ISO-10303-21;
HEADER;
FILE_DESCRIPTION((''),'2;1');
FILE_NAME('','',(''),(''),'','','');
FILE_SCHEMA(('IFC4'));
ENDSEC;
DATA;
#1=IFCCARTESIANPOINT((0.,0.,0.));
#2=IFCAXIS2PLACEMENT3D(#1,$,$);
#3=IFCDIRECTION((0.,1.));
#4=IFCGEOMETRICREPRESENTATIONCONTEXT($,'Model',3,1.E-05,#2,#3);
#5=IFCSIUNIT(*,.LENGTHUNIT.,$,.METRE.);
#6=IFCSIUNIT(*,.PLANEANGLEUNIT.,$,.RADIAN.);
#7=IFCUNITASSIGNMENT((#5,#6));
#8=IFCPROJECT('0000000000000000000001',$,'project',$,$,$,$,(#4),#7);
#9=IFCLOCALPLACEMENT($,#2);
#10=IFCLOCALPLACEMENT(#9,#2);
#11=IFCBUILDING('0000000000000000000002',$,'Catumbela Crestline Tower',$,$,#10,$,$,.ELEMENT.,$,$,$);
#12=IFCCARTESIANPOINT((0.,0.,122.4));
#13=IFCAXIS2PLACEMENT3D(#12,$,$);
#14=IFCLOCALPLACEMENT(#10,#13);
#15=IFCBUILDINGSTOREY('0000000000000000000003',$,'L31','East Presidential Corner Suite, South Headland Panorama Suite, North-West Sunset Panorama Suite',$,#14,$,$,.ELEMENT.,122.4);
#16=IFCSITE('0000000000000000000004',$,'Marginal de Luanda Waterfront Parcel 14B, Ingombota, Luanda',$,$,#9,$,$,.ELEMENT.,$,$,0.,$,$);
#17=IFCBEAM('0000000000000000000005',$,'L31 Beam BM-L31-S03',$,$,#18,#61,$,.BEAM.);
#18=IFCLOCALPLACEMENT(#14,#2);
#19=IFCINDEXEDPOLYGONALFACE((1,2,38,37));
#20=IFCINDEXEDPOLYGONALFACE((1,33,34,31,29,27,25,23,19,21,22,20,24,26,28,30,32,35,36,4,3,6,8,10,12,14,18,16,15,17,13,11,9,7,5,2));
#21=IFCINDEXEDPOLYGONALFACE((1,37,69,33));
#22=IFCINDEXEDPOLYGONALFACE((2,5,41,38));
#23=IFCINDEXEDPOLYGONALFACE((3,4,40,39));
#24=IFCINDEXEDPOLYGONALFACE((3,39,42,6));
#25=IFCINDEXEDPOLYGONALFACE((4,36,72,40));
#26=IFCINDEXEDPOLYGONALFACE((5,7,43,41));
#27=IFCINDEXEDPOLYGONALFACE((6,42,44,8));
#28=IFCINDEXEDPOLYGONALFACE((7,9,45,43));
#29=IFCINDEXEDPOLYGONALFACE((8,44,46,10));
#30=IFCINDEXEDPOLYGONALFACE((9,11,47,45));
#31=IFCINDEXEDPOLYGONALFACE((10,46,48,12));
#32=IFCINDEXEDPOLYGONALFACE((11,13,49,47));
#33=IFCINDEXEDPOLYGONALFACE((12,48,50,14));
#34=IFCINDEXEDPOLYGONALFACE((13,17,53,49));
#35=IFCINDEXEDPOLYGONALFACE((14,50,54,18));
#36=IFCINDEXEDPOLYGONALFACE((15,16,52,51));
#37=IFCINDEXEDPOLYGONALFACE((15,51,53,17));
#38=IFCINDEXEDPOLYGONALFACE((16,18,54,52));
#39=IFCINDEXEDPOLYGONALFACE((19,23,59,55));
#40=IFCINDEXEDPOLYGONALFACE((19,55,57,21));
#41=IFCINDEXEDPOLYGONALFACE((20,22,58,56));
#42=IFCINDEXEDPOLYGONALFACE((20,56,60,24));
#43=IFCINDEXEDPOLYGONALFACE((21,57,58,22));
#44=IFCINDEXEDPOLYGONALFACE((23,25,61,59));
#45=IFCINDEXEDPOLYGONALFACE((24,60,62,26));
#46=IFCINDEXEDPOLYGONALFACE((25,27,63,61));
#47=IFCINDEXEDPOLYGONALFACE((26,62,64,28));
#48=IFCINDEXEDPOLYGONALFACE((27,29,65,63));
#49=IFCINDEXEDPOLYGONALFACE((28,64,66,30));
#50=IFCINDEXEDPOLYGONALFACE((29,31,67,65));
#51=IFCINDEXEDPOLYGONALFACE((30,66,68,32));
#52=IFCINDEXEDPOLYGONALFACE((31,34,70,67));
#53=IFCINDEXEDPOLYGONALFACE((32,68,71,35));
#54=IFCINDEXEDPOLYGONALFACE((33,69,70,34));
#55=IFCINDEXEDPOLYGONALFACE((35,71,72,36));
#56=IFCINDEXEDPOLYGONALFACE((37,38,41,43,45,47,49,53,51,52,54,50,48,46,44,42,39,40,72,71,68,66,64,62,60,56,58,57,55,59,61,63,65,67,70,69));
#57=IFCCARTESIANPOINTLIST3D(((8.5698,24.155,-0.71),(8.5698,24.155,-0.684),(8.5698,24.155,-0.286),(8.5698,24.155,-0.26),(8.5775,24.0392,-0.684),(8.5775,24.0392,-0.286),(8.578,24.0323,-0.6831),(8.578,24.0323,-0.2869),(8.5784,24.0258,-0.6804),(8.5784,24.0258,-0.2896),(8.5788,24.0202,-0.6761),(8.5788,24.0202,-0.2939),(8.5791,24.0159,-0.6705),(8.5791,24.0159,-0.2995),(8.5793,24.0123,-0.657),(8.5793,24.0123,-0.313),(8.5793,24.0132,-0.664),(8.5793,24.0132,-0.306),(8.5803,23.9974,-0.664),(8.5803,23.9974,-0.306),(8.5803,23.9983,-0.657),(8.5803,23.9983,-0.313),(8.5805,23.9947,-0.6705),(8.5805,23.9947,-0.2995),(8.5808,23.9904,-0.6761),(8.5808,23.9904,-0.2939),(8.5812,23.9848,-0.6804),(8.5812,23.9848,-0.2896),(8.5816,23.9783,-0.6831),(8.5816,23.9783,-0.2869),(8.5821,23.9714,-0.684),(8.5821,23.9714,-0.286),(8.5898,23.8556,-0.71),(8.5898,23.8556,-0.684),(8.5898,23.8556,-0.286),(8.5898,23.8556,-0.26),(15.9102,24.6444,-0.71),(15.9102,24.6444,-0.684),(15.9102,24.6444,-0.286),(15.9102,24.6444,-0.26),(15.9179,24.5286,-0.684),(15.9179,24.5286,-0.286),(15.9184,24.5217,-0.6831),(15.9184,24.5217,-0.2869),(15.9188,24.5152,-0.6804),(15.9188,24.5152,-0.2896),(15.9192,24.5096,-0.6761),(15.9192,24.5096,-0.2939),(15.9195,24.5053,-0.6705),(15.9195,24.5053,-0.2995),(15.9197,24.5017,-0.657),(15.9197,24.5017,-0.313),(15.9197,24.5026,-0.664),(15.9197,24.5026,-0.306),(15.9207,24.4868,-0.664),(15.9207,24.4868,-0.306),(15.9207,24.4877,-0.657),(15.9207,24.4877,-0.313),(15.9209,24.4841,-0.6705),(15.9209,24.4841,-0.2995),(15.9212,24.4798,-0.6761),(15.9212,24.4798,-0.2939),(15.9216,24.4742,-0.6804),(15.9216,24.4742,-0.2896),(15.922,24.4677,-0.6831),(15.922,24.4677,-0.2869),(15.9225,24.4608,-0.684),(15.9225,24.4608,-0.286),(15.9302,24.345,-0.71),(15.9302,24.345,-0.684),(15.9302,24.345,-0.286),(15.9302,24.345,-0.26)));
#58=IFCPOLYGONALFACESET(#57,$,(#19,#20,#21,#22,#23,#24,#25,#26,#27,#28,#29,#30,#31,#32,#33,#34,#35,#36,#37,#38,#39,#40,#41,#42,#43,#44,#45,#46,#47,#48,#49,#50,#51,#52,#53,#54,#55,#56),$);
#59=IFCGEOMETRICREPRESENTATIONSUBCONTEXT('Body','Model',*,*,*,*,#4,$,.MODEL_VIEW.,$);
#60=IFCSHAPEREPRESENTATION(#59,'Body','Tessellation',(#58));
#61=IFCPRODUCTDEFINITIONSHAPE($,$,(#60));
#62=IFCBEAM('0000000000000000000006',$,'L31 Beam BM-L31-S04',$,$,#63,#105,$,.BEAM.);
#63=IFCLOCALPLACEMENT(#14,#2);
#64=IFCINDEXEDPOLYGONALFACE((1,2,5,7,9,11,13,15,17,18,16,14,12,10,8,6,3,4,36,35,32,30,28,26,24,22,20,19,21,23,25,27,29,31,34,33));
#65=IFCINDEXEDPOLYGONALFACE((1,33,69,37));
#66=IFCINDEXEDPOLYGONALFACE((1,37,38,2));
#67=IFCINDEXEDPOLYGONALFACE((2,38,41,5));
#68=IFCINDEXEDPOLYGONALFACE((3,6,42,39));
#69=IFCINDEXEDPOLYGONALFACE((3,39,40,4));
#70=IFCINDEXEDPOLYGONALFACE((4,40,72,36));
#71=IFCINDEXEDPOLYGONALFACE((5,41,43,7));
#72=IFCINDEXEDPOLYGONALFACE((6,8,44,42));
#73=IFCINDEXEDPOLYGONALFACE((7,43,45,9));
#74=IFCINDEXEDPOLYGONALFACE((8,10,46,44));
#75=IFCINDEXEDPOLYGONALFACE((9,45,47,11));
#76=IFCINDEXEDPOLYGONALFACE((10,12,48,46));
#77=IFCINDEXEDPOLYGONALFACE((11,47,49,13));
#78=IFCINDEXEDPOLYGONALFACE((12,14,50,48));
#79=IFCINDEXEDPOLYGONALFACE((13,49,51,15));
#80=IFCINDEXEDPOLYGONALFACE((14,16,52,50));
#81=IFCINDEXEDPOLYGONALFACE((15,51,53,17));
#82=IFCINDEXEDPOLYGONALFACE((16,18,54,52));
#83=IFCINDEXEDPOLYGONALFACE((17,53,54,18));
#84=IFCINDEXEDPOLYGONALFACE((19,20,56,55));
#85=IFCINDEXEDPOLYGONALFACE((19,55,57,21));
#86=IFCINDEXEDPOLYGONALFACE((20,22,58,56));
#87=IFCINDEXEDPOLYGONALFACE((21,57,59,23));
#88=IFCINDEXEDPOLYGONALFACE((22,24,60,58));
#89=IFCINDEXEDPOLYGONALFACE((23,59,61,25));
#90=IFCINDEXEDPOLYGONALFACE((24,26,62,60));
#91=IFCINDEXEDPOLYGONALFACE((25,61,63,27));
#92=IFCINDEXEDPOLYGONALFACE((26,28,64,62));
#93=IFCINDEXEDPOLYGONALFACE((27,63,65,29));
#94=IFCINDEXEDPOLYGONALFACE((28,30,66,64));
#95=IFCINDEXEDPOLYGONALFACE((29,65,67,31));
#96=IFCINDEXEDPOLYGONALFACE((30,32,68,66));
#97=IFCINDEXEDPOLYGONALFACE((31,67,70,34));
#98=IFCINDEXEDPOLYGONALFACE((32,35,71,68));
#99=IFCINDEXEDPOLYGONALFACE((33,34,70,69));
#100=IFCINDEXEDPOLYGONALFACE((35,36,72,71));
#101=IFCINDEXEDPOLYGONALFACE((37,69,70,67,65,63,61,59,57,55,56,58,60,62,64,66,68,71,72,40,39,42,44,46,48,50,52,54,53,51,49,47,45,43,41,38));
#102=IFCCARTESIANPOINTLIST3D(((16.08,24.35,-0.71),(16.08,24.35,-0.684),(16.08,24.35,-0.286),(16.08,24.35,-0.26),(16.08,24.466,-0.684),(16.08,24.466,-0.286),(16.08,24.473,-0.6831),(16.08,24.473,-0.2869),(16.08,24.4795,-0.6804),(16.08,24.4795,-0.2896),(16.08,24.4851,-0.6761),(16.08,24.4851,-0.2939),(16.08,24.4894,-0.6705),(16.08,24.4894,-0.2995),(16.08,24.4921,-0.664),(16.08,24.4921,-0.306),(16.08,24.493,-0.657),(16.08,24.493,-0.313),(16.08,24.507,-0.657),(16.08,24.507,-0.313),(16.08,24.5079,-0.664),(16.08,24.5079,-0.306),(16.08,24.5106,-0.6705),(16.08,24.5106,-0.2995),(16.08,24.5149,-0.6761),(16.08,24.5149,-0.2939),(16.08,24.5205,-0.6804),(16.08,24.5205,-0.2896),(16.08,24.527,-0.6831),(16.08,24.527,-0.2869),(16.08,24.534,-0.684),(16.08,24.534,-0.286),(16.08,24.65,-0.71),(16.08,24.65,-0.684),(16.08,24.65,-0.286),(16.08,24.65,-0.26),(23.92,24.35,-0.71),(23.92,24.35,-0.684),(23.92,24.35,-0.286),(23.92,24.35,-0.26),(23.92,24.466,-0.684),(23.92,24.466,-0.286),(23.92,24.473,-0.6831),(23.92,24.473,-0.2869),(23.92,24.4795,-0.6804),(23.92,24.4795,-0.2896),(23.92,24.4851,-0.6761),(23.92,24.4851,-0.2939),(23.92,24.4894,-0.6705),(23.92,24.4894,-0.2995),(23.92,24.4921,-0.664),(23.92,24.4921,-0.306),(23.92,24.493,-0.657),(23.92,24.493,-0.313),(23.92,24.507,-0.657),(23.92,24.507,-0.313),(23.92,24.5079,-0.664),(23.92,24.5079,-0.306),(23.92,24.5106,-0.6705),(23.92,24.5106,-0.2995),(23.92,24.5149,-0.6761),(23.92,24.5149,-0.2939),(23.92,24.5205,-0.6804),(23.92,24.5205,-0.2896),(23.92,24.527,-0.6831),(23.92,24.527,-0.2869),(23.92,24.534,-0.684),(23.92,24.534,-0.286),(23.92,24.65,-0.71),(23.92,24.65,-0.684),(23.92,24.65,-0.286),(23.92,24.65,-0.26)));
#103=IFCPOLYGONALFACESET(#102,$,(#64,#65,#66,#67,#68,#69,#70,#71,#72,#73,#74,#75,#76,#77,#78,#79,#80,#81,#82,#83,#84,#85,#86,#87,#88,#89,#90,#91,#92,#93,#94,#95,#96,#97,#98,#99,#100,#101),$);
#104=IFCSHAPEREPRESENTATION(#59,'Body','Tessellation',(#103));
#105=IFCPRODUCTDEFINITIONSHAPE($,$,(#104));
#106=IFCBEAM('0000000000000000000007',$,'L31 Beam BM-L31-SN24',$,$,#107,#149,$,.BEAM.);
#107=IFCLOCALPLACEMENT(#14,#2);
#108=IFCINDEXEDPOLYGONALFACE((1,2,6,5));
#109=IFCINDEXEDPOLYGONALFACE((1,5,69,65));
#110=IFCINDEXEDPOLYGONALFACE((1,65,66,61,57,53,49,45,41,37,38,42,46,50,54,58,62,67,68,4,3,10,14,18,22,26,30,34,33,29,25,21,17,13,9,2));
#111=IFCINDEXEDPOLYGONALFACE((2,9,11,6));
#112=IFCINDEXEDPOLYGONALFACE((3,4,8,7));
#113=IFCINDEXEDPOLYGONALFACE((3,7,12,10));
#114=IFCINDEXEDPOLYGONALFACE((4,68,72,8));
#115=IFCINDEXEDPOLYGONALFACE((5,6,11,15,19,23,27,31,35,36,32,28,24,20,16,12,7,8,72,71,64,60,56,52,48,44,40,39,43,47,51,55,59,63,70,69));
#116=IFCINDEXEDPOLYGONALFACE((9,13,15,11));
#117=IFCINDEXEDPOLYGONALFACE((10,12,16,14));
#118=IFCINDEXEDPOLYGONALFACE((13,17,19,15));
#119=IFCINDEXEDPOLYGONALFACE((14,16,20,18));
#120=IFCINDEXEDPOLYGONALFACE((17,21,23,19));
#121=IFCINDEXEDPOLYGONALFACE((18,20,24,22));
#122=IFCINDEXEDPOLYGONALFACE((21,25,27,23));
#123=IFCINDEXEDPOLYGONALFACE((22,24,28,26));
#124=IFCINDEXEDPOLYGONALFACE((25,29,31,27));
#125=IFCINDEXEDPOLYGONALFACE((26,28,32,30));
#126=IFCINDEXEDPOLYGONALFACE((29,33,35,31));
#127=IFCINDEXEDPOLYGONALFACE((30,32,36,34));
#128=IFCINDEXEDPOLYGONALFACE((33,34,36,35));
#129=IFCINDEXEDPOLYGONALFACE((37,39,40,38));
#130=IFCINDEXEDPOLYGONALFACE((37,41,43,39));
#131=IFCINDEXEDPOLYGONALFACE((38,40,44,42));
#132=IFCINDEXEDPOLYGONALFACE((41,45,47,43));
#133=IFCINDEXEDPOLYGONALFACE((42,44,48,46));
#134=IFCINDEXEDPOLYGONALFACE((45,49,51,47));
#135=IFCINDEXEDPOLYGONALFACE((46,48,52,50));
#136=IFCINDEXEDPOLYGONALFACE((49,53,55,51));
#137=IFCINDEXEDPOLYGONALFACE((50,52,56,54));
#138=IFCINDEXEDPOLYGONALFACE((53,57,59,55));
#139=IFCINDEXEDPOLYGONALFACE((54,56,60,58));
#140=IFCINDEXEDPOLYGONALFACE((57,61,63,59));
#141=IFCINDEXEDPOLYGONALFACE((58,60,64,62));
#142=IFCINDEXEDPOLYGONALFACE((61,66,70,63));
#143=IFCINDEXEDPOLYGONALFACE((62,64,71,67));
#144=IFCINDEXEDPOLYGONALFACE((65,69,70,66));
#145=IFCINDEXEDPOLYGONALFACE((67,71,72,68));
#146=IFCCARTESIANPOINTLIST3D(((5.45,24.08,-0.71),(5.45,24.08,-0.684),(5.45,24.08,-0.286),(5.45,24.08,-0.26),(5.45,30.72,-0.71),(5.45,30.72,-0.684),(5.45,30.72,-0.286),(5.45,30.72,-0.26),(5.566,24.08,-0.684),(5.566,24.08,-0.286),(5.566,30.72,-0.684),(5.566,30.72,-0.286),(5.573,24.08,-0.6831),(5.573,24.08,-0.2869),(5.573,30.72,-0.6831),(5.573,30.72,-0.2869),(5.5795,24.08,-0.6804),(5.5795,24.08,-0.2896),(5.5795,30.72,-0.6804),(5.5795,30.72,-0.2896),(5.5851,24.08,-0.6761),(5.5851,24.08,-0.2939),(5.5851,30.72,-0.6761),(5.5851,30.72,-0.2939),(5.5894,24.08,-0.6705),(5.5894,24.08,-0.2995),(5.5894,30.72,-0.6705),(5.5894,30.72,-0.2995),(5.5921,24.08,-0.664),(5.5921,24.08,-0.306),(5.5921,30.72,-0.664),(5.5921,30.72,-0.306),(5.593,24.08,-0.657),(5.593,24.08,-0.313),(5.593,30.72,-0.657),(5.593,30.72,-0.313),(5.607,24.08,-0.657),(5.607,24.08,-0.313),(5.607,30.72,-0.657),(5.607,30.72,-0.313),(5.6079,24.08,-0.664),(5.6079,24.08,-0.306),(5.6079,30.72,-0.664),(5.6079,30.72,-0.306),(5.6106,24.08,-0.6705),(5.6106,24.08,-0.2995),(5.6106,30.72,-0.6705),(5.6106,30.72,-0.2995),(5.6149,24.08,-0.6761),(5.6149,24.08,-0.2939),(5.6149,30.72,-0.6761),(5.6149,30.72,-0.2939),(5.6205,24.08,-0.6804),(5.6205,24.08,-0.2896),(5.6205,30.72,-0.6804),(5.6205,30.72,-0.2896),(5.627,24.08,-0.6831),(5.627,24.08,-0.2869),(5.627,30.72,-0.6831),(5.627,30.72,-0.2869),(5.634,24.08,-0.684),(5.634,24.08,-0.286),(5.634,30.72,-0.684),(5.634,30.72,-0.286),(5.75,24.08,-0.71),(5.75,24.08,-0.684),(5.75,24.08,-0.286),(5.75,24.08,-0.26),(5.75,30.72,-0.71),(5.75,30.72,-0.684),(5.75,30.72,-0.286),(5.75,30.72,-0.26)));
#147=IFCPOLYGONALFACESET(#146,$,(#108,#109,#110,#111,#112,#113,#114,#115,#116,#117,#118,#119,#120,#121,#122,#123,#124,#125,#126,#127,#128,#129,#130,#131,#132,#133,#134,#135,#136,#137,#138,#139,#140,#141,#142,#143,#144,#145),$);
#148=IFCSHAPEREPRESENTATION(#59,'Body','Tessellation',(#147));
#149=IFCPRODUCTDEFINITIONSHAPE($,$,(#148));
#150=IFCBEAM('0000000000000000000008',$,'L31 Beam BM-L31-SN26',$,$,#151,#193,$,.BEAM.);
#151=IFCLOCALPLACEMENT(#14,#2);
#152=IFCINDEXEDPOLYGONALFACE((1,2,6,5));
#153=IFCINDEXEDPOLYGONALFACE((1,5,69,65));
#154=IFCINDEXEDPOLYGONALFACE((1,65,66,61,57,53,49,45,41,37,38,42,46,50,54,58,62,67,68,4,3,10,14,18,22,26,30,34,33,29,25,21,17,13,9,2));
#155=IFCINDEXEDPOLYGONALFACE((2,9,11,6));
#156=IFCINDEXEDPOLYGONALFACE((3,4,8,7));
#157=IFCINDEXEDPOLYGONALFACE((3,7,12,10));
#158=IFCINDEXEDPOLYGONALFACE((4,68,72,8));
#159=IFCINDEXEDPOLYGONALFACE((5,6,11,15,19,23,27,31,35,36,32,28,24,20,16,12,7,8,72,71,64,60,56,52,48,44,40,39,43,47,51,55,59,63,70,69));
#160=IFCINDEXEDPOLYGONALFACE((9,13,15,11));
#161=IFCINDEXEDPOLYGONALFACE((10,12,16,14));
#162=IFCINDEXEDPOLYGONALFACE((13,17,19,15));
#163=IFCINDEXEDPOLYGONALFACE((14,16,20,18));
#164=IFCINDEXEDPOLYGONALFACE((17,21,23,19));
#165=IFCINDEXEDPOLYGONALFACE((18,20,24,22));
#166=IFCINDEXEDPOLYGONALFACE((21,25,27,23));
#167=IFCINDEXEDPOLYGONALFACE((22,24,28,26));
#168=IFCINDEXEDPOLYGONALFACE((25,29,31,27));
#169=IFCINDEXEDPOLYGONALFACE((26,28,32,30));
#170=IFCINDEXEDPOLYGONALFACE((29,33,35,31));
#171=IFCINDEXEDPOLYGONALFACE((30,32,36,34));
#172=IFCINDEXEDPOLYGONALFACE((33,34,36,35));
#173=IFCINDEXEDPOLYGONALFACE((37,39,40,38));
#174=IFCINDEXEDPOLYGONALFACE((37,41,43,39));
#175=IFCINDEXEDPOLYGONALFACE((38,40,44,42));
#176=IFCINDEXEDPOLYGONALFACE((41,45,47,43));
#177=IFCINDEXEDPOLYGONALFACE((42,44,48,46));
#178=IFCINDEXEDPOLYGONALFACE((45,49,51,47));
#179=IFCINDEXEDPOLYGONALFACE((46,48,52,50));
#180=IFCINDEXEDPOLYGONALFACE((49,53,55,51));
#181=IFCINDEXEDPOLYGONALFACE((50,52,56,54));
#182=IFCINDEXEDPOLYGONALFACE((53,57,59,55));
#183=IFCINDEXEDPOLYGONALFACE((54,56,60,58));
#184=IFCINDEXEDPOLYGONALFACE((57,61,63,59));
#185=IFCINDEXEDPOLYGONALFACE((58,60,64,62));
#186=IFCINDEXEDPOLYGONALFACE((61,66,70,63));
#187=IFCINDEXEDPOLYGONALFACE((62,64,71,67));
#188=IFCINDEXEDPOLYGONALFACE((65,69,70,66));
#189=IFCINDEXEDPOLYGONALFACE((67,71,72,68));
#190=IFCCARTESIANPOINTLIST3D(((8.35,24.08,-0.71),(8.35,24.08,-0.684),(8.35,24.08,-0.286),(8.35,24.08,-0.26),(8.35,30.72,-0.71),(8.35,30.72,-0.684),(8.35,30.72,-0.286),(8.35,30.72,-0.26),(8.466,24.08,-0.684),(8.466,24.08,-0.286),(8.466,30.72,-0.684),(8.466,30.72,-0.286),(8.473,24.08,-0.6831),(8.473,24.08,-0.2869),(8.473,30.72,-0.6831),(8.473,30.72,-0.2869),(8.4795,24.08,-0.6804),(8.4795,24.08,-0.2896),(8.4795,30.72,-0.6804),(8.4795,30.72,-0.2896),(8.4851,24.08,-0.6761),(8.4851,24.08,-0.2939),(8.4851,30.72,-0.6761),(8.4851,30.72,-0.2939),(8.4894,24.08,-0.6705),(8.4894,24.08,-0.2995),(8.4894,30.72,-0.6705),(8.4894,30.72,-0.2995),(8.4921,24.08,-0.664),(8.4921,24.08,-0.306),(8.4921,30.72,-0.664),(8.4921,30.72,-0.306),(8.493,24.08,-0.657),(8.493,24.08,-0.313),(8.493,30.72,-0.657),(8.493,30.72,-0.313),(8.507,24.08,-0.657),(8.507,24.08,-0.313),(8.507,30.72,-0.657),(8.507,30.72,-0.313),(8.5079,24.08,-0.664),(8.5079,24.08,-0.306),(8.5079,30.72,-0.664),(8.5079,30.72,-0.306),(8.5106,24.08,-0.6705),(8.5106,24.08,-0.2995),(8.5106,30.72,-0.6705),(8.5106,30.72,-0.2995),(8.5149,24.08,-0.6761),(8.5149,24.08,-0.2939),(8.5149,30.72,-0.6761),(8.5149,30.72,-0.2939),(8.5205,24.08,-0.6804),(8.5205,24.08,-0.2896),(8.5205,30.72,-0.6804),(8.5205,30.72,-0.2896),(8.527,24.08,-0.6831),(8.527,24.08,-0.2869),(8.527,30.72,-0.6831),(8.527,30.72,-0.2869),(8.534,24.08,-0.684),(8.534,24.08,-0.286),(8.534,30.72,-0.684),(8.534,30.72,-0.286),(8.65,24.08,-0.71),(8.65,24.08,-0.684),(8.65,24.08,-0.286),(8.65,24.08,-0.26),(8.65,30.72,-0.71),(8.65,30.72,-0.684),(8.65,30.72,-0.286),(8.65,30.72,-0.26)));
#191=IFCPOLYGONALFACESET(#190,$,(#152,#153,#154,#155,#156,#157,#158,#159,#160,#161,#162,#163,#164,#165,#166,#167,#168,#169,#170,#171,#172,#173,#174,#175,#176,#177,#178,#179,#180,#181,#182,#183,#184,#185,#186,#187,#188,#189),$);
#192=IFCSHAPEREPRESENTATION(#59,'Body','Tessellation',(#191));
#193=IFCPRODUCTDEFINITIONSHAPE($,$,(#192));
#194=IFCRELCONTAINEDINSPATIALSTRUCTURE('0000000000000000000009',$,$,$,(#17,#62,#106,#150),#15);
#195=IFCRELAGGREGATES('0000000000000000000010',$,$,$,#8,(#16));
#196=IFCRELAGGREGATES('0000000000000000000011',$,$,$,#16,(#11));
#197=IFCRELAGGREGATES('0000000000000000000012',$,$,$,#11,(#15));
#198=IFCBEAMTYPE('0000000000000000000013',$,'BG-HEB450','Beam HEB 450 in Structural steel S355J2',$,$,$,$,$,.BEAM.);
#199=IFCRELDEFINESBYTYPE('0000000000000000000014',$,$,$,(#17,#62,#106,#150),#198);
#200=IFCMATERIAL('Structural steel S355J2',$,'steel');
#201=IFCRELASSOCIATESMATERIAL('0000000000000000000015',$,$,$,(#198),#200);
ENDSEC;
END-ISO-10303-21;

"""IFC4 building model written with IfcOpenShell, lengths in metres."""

from ifc_helpers import new_model, si_unit, direction, frame, origin, origin_2d, place, context, subcontext, project, spatial, i_section, extrude, material, material_profile, profile_set, type_object, element, save


model = new_model("IFC4")

# Units and contexts
model_context = context("Model", 3, precision=1e-05, world=origin(), true_north=direction((0.0, 1.0)))
body_context = subcontext(model_context, "Body", "Model", "MODEL_VIEW")
ifc_project = project(units=[si_unit("LENGTHUNIT", "METRE"), si_unit("PLANEANGLEUNIT", "RADIAN")], contexts=[model_context])

# Site, building, storey
site_placement = place(None, origin())
site = spatial("IfcSite", under=ifc_project, at=site_placement, Name="Marginal de Luanda Waterfront Parcel 14B, Ingombota, Luanda", CompositionType="ELEMENT", RefElevation=0.0)
building_placement = place(site_placement, origin())
building = spatial("IfcBuilding", under=site, at=building_placement, Name="Catumbela Crestline Tower", CompositionType="ELEMENT")
storey_placement = place(building_placement, frame((0.0, 0.0, 122.4)))
storey = spatial("IfcBuildingStorey", under=building, at=storey_placement, Name="L31", Description="East Presidential Corner Suite, South Headland Panorama Suite, North-West Sunset Panorama Suite", CompositionType="ELEMENT", Elevation=122.4)

# Beams
ifc_material_1 = material(Name="Structural steel S355J2", Category="steel")
ifc_material_profile_1 = material_profile(ifc_material_1, i_section(OverallWidth=0.3, OverallDepth=0.45, WebThickness=0.014, FlangeThickness=0.026, FilletRadius=0.027, at=origin_2d()), Name="HEB 450")
ifc_profile_set_1 = profile_set([ifc_material_profile_1], Name="Structural steel S355J2")
beam_type = type_object("IfcBeamType", Name="BG-HEB450", Description="Beam HEB 450 in Structural steel S355J2", PredefinedType="BEAM", material=ifc_profile_set_1)
beam_1_placement = place(storey_placement, frame((8.5798, 24.0053, -0.485), z_axis=(0.997785, 0.066524, 0.0), x_axis=(-0.066524, 0.997785, 0.0)))
element("IfcBeam", 1, at=beam_1_placement, inside=storey, type_object=beam_type, Name="L31 Beam BM-L31-S03", PredefinedType="BEAM", context=body_context, shape_type="SweptSolid", body=[
    extrude(i_section(OverallWidth=0.3, OverallDepth=0.45, WebThickness=0.014, FlangeThickness=0.026, FilletRadius=0.027, at=origin_2d()), origin(), (0.0, 0.0, 1.0), 7.3567),
])
beam_2_placement = place(storey_placement, frame((16.08, 24.5, -0.485), z_axis=(1.0, 0.0, 0.0), x_axis=(0.0, 1.0, 0.0)))
element("IfcBeam", 2, at=beam_2_placement, inside=storey, type_object=beam_type, Name="L31 Beam BM-L31-S04", PredefinedType="BEAM", context=body_context, shape_type="SweptSolid", body=[
    extrude(i_section(OverallWidth=0.3, OverallDepth=0.45, WebThickness=0.014, FlangeThickness=0.026, FilletRadius=0.027, at=origin_2d()), origin(), (0.0, 0.0, 1.0), 7.84),
])
for number, where, z_axis, x_axis, name in (
    (3, (5.6, 24.08, -0.485), (0.0, 1.0, 0.0), (-1.0, 0.0, 0.0), "L31 Beam BM-L31-SN24"),
    (4, (8.5, 24.08, -0.485), (0.0, 1.0, 0.0), (-1.0, 0.0, 0.0), "L31 Beam BM-L31-SN26"),
):
    element("IfcBeam", number, at=place(storey_placement, frame(where, z_axis=z_axis, x_axis=x_axis)), inside=storey, type_object=beam_type, Name=name, PredefinedType="BEAM", context=body_context, shape_type="SweptSolid", body=[
        extrude(i_section(OverallWidth=0.3, OverallDepth=0.45, WebThickness=0.014, FlangeThickness=0.026, FilletRadius=0.027, at=origin_2d()), origin(), (0.0, 0.0, 1.0), 6.64),
    ])

save(model, "model.ifc")
